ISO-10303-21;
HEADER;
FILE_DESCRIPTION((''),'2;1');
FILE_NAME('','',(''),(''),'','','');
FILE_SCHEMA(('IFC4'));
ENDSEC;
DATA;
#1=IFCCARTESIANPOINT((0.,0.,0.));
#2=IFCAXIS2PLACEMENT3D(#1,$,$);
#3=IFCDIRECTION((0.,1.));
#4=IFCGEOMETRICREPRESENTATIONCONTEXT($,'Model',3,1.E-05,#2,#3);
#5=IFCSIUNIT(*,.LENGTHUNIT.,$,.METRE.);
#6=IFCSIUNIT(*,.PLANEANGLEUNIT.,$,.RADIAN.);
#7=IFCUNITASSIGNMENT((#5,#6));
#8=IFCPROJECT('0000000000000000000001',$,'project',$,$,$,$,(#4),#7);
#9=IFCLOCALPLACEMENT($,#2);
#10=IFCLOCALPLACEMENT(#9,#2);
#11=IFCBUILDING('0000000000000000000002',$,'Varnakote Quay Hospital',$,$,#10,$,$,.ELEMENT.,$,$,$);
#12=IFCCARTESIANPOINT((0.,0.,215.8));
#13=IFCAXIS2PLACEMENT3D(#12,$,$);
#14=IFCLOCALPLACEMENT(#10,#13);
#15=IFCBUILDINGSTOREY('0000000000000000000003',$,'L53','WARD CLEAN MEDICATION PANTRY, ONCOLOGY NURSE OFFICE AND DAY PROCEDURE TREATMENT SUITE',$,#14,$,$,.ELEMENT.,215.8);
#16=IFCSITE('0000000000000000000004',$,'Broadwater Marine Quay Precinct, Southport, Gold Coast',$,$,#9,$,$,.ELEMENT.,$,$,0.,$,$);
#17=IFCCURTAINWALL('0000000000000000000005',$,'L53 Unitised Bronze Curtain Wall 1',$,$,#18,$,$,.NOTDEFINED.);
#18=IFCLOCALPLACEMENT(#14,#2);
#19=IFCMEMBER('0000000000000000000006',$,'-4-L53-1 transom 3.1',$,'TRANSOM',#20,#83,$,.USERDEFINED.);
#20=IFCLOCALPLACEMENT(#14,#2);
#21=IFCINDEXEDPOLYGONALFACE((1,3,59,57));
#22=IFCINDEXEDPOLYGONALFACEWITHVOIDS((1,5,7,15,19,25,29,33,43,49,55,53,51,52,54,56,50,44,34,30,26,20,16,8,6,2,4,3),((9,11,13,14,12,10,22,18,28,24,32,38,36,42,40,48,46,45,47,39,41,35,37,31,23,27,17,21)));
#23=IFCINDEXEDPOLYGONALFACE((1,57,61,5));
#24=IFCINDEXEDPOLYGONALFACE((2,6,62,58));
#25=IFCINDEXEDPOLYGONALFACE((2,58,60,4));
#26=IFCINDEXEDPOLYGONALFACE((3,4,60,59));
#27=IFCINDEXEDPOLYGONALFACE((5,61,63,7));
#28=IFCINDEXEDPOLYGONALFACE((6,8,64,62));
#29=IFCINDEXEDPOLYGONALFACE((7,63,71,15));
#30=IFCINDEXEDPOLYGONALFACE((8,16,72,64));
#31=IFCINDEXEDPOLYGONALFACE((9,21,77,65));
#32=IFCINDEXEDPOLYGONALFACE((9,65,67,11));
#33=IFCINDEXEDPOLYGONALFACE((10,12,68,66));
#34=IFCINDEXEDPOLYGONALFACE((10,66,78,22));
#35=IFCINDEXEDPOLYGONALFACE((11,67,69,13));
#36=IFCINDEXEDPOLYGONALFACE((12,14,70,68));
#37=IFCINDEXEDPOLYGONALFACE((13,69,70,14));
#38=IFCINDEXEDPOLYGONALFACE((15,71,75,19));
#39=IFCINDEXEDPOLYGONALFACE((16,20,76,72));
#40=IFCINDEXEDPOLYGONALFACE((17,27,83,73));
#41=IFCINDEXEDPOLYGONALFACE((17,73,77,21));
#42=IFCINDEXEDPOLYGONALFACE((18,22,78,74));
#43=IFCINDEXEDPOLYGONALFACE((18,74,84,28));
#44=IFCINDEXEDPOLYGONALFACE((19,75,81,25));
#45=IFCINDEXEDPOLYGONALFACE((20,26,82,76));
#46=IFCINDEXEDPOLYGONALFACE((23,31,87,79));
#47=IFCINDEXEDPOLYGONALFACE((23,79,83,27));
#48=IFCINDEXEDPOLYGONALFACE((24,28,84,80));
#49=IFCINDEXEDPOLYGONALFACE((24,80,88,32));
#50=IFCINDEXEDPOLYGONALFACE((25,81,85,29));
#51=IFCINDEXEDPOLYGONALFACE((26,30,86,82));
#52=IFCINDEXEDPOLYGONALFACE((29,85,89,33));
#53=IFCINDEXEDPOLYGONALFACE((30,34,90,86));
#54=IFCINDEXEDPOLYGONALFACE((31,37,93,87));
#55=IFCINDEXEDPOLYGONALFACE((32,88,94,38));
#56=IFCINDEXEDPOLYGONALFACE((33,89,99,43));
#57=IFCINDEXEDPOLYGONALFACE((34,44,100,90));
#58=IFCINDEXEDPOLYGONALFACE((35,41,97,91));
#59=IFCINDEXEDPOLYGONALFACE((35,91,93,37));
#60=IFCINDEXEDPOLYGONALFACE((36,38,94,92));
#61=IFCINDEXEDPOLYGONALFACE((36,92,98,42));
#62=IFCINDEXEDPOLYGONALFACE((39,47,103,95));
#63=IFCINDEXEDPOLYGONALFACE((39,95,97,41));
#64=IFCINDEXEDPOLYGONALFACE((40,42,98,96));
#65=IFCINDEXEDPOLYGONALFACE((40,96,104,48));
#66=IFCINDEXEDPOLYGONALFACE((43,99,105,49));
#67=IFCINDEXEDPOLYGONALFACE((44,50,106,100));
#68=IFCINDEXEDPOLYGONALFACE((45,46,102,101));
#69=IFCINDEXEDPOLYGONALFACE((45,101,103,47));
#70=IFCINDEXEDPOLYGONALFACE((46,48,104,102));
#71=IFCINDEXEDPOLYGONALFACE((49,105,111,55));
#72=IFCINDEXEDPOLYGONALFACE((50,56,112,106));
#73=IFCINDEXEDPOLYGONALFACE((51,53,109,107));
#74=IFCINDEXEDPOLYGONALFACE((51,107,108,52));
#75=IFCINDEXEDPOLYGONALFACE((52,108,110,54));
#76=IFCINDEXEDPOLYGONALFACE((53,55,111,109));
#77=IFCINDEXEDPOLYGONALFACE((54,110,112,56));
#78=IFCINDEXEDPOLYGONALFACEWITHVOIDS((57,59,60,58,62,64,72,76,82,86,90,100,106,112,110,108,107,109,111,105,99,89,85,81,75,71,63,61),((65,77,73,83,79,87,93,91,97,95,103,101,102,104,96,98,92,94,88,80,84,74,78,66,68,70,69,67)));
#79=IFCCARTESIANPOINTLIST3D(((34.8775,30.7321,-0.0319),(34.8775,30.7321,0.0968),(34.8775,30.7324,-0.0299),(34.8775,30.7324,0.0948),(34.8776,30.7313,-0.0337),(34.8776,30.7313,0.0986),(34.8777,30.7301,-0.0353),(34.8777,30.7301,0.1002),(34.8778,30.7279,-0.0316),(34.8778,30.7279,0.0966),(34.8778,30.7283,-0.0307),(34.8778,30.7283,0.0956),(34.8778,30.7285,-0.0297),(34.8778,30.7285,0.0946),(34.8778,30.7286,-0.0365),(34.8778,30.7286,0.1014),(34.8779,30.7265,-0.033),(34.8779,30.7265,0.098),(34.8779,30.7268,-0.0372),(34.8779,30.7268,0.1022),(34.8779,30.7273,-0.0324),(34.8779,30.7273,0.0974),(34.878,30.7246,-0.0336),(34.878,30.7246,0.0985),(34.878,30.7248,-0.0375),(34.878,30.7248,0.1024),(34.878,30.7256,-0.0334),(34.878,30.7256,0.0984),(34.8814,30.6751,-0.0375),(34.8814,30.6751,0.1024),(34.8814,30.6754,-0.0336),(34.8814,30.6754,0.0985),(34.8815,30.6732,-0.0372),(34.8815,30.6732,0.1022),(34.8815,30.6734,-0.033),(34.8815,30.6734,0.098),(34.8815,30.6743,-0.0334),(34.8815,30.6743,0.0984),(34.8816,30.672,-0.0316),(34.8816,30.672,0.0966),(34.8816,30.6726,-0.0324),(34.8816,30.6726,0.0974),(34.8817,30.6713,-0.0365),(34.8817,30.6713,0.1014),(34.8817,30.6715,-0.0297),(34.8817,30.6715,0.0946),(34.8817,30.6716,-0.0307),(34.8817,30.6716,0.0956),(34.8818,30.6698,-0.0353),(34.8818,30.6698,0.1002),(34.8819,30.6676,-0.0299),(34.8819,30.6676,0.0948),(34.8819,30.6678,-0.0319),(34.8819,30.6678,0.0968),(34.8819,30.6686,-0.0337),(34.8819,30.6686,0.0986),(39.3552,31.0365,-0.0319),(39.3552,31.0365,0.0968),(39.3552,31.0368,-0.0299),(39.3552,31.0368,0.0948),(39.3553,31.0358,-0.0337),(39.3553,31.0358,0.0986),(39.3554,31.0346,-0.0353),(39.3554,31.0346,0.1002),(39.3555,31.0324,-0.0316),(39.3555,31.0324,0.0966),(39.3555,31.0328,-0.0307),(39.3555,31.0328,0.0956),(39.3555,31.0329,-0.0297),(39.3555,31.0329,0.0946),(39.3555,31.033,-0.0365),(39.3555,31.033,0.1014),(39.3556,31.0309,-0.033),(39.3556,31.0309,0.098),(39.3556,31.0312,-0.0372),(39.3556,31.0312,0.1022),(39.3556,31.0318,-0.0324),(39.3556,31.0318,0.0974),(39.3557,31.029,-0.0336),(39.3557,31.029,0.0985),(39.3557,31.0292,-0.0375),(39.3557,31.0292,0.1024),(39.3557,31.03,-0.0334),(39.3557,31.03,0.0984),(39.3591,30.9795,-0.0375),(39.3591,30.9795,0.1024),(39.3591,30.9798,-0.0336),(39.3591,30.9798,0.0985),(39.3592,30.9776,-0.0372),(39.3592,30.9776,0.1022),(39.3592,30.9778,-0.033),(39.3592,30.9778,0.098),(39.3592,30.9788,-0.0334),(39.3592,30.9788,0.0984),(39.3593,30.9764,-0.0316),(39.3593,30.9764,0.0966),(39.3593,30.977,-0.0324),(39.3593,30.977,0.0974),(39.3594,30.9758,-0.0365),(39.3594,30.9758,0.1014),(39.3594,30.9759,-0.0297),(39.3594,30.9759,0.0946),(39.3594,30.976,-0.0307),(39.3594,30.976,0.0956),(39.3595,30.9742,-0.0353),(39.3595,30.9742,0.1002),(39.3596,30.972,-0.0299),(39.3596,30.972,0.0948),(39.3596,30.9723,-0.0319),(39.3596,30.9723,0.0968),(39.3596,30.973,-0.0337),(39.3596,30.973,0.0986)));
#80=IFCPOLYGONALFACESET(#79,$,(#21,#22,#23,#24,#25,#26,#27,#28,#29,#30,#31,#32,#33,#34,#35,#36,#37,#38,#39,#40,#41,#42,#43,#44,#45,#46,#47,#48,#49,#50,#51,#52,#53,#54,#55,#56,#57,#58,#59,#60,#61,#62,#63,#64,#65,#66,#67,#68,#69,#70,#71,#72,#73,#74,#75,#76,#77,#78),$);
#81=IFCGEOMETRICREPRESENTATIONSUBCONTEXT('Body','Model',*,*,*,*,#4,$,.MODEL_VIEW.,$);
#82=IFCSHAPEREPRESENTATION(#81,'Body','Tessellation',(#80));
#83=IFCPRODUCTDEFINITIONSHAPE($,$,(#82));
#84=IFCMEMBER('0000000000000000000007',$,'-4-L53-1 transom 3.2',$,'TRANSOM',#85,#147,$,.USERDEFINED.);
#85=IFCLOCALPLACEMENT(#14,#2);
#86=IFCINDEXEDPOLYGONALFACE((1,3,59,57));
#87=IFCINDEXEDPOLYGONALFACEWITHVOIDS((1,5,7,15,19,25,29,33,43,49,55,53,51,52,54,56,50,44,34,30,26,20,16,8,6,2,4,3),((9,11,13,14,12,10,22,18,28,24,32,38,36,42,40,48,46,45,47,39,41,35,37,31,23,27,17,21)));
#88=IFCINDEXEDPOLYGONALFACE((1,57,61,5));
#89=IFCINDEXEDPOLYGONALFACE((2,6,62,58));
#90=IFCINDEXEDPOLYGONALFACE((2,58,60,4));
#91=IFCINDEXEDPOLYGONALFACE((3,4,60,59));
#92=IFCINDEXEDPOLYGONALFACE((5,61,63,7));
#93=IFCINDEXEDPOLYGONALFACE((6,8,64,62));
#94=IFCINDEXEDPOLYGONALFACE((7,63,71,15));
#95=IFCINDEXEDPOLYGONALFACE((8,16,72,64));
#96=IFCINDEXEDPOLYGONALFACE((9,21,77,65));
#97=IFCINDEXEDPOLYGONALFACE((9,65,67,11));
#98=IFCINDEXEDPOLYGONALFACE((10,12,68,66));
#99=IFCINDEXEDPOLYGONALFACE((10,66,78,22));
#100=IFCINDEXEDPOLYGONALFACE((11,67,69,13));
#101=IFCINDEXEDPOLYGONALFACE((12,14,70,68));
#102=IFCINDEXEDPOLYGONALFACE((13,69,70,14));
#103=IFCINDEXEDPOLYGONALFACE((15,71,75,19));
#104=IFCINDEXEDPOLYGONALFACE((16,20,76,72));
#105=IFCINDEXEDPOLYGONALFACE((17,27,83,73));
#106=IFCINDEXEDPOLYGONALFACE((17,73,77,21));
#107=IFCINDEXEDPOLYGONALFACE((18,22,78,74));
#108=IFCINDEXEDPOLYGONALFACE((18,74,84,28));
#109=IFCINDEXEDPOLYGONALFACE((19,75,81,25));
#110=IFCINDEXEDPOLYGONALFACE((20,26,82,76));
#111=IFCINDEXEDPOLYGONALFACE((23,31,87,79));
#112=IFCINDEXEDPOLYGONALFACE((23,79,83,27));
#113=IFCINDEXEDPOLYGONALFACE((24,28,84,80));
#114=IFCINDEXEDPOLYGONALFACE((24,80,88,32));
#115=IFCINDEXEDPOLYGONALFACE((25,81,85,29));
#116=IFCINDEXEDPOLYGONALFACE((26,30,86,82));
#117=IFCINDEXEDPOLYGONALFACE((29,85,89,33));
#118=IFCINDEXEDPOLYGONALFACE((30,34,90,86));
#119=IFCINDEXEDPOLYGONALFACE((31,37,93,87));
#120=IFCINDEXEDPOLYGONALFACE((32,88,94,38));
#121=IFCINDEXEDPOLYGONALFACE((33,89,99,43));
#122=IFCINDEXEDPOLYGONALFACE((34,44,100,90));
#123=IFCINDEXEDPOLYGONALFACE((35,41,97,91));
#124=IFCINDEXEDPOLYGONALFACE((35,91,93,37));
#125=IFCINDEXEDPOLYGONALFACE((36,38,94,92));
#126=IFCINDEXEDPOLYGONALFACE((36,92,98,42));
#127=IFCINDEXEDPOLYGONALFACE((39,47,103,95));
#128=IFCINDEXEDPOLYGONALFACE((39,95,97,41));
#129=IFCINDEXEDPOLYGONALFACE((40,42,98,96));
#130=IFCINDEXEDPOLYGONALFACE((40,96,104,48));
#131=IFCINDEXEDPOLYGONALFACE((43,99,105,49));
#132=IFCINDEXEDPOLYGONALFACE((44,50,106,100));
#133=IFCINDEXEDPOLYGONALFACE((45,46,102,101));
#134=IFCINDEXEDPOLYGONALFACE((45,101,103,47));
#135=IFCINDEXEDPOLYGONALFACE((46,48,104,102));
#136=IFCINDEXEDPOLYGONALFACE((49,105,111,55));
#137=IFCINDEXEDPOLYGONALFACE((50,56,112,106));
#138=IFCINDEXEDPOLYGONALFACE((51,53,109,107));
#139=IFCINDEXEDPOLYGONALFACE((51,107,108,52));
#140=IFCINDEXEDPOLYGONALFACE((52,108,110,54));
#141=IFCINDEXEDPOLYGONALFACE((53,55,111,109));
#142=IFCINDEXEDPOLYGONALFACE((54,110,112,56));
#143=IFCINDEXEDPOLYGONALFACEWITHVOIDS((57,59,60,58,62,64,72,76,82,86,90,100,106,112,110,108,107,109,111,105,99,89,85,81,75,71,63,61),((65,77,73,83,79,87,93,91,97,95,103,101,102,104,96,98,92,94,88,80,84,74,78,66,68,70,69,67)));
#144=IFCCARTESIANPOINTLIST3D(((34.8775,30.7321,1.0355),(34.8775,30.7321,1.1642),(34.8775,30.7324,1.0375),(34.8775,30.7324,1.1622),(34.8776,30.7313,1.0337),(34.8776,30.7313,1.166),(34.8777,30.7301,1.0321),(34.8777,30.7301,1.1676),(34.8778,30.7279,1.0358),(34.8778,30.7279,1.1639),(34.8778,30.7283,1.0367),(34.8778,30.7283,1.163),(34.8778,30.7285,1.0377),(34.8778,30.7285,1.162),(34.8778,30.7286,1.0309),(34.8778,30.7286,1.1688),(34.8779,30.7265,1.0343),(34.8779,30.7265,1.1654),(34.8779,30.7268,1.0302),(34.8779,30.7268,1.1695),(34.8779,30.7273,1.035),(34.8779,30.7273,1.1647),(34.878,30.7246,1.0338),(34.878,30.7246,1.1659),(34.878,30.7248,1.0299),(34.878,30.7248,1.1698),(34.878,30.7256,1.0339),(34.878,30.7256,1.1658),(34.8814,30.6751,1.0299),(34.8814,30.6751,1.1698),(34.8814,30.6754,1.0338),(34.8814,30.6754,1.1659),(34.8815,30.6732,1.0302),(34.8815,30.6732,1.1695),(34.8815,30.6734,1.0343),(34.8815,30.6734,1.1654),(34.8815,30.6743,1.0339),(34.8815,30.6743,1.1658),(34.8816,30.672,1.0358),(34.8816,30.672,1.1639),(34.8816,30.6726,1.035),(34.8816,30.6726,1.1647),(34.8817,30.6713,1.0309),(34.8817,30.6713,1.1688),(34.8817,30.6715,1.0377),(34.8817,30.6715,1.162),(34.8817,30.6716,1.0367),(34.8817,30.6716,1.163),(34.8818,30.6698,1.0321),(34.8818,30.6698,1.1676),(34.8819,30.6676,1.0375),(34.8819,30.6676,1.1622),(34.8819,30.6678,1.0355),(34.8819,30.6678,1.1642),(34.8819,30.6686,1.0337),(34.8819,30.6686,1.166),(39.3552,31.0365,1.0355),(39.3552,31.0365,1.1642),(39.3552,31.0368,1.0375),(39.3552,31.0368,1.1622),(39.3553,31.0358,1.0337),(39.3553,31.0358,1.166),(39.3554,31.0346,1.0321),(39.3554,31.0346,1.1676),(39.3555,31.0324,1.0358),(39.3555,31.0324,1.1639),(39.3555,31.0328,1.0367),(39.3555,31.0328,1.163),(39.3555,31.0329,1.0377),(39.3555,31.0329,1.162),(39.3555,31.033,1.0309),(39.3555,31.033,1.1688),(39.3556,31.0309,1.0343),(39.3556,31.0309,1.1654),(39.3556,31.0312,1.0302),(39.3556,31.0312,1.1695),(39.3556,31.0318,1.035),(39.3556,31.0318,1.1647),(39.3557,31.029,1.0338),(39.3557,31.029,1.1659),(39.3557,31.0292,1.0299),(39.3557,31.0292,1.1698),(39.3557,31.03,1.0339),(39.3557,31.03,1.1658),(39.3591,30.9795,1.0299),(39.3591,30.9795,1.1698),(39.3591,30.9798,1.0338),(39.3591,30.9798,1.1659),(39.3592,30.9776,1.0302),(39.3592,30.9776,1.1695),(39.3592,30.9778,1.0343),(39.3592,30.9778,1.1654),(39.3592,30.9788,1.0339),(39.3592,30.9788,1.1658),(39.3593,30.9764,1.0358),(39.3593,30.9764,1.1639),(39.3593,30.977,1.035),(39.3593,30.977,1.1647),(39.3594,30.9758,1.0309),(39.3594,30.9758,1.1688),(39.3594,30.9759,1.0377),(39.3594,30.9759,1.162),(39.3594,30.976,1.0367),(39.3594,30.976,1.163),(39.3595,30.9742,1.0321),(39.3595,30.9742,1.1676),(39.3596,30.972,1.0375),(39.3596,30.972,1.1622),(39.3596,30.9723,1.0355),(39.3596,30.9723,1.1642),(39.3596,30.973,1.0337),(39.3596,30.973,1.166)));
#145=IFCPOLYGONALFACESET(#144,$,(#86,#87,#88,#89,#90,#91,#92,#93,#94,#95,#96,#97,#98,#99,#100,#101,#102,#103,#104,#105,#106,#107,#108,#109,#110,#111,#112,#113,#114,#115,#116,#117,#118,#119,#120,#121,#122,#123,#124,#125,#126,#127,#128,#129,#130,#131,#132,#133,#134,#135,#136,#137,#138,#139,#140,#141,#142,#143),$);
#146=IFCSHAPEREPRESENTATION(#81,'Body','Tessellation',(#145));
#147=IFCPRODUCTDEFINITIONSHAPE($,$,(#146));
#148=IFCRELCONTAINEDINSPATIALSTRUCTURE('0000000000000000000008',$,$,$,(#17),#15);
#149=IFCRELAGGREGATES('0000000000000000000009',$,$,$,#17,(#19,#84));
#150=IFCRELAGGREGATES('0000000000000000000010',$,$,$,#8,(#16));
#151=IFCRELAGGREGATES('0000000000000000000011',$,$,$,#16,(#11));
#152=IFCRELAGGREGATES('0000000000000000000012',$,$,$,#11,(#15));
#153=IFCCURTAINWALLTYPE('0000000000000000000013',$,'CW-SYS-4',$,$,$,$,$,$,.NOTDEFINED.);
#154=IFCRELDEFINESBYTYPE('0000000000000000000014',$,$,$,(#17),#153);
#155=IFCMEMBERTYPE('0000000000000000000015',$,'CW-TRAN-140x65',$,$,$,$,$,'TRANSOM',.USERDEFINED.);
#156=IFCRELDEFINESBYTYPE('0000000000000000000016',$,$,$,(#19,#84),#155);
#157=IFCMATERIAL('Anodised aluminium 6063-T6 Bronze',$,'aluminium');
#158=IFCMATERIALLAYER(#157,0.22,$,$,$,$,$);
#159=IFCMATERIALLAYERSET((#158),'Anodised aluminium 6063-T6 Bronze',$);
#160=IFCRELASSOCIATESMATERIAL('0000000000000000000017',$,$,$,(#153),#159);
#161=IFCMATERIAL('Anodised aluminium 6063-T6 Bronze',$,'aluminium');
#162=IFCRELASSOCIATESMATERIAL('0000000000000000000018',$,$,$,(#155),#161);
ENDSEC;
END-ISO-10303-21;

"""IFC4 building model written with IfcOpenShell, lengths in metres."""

from ifc_helpers import new_model, si_unit, direction, frame, origin, origin_2d, place, context, subcontext, project, spatial, hollow_rectangle, extrude, material, layer, layer_set, material_profile, profile_set, type_object, element, aggregate, save


model = new_model("IFC4")

# Units and contexts
model_context = context("Model", 3, precision=1e-05, world=origin(), true_north=direction((0.0, 1.0)))
body_context = subcontext(model_context, "Body", "Model", "MODEL_VIEW")
ifc_project = project(units=[si_unit("LENGTHUNIT", "METRE"), si_unit("PLANEANGLEUNIT", "RADIAN")], contexts=[model_context])

# Site, building, storey
site_placement = place(None, origin())
site = spatial("IfcSite", under=ifc_project, at=site_placement, Name="Broadwater Marine Quay Precinct, Southport, Gold Coast", CompositionType="ELEMENT", RefElevation=0.0)
building_placement = place(site_placement, origin())
building = spatial("IfcBuilding", under=site, at=building_placement, Name="Varnakote Quay Hospital", CompositionType="ELEMENT")
storey_placement = place(building_placement, frame((0.0, 0.0, 215.8)))
storey = spatial("IfcBuildingStorey", under=building, at=storey_placement, Name="L53", Description="WARD CLEAN MEDICATION PANTRY, ONCOLOGY NURSE OFFICE AND DAY PROCEDURE TREATMENT SUITE", CompositionType="ELEMENT", Elevation=215.8)

# Curtain wall, members
ifc_material_1 = material(Name="Anodised aluminium 6063-T6 Bronze", Category="aluminium")
ifc_layer_1 = layer(ifc_material_1, 0.22)
ifc_layer_set_1 = layer_set([ifc_layer_1], Name="Anodised aluminium 6063-T6 Bronze")
curtain_wall_type = type_object("IfcCurtainWallType", Name="CW-SYS-4", PredefinedType="NOTDEFINED", material=ifc_layer_set_1)
curtain_wall_placement = place(storey_placement, origin())
curtain_wall = element("IfcCurtainWall", 1, at=curtain_wall_placement, inside=storey, type_object=curtain_wall_type, Name="L53 Unitised Bronze Curtain Wall 1", PredefinedType="NOTDEFINED")
ifc_material_2 = material(Name="Anodised aluminium 6063-T6 Bronze", Category="aluminium")
ifc_material_profile_1 = material_profile(ifc_material_2, hollow_rectangle(XDim=0.0649, YDim=0.1399, WallThickness=0.0039, InnerFilletRadius=0.0039, OuterFilletRadius=0.0076, at=origin_2d()), Name="CW-TRAN-140x65")
ifc_profile_set_1 = profile_set([ifc_material_profile_1], Name="Anodised aluminium 6063-T6 Bronze")
member_type_1 = type_object("IfcMemberType", Name="CW-TRAN-140x65", ElementType="TRANSOM", PredefinedType="USERDEFINED", material=ifc_profile_set_1)
member_1_placement = place(storey_placement, frame((39.3574, 31.0044, 0.0325), z_axis=(-0.997697, -0.067833, 0.0), x_axis=(0.067833, -0.997697, 0.0)))
member_1 = element("IfcMember", 2, at=member_1_placement, type_object=member_type_1, Name="-4-L53-1 transom 3.1", ObjectType="TRANSOM", PredefinedType="USERDEFINED", context=body_context, shape_type="SweptSolid", body=[
    extrude(hollow_rectangle(XDim=0.0649, YDim=0.1399, WallThickness=0.0039, InnerFilletRadius=0.0039, OuterFilletRadius=0.0076, at=origin_2d()), origin(), (0.0, 0.0, 1.0), 4.488),
])
member_2_placement = place(storey_placement, frame((39.3574, 31.0044, 1.0999), z_axis=(-0.997697, -0.067833, 0.0), x_axis=(0.067833, -0.997697, 0.0)))
member_2 = element("IfcMember", 3, at=member_2_placement, type_object=member_type_1, Name="-4-L53-1 transom 3.2", ObjectType="TRANSOM", PredefinedType="USERDEFINED", context=body_context, shape_type="SweptSolid", body=[
    extrude(hollow_rectangle(XDim=0.0649, YDim=0.1399, WallThickness=0.0039, InnerFilletRadius=0.0039, OuterFilletRadius=0.0076, at=origin_2d()), origin(), (0.0, 0.0, 1.0), 4.488),
])
aggregate(curtain_wall, [member_1, member_2])

save(model, "model.ifc")
